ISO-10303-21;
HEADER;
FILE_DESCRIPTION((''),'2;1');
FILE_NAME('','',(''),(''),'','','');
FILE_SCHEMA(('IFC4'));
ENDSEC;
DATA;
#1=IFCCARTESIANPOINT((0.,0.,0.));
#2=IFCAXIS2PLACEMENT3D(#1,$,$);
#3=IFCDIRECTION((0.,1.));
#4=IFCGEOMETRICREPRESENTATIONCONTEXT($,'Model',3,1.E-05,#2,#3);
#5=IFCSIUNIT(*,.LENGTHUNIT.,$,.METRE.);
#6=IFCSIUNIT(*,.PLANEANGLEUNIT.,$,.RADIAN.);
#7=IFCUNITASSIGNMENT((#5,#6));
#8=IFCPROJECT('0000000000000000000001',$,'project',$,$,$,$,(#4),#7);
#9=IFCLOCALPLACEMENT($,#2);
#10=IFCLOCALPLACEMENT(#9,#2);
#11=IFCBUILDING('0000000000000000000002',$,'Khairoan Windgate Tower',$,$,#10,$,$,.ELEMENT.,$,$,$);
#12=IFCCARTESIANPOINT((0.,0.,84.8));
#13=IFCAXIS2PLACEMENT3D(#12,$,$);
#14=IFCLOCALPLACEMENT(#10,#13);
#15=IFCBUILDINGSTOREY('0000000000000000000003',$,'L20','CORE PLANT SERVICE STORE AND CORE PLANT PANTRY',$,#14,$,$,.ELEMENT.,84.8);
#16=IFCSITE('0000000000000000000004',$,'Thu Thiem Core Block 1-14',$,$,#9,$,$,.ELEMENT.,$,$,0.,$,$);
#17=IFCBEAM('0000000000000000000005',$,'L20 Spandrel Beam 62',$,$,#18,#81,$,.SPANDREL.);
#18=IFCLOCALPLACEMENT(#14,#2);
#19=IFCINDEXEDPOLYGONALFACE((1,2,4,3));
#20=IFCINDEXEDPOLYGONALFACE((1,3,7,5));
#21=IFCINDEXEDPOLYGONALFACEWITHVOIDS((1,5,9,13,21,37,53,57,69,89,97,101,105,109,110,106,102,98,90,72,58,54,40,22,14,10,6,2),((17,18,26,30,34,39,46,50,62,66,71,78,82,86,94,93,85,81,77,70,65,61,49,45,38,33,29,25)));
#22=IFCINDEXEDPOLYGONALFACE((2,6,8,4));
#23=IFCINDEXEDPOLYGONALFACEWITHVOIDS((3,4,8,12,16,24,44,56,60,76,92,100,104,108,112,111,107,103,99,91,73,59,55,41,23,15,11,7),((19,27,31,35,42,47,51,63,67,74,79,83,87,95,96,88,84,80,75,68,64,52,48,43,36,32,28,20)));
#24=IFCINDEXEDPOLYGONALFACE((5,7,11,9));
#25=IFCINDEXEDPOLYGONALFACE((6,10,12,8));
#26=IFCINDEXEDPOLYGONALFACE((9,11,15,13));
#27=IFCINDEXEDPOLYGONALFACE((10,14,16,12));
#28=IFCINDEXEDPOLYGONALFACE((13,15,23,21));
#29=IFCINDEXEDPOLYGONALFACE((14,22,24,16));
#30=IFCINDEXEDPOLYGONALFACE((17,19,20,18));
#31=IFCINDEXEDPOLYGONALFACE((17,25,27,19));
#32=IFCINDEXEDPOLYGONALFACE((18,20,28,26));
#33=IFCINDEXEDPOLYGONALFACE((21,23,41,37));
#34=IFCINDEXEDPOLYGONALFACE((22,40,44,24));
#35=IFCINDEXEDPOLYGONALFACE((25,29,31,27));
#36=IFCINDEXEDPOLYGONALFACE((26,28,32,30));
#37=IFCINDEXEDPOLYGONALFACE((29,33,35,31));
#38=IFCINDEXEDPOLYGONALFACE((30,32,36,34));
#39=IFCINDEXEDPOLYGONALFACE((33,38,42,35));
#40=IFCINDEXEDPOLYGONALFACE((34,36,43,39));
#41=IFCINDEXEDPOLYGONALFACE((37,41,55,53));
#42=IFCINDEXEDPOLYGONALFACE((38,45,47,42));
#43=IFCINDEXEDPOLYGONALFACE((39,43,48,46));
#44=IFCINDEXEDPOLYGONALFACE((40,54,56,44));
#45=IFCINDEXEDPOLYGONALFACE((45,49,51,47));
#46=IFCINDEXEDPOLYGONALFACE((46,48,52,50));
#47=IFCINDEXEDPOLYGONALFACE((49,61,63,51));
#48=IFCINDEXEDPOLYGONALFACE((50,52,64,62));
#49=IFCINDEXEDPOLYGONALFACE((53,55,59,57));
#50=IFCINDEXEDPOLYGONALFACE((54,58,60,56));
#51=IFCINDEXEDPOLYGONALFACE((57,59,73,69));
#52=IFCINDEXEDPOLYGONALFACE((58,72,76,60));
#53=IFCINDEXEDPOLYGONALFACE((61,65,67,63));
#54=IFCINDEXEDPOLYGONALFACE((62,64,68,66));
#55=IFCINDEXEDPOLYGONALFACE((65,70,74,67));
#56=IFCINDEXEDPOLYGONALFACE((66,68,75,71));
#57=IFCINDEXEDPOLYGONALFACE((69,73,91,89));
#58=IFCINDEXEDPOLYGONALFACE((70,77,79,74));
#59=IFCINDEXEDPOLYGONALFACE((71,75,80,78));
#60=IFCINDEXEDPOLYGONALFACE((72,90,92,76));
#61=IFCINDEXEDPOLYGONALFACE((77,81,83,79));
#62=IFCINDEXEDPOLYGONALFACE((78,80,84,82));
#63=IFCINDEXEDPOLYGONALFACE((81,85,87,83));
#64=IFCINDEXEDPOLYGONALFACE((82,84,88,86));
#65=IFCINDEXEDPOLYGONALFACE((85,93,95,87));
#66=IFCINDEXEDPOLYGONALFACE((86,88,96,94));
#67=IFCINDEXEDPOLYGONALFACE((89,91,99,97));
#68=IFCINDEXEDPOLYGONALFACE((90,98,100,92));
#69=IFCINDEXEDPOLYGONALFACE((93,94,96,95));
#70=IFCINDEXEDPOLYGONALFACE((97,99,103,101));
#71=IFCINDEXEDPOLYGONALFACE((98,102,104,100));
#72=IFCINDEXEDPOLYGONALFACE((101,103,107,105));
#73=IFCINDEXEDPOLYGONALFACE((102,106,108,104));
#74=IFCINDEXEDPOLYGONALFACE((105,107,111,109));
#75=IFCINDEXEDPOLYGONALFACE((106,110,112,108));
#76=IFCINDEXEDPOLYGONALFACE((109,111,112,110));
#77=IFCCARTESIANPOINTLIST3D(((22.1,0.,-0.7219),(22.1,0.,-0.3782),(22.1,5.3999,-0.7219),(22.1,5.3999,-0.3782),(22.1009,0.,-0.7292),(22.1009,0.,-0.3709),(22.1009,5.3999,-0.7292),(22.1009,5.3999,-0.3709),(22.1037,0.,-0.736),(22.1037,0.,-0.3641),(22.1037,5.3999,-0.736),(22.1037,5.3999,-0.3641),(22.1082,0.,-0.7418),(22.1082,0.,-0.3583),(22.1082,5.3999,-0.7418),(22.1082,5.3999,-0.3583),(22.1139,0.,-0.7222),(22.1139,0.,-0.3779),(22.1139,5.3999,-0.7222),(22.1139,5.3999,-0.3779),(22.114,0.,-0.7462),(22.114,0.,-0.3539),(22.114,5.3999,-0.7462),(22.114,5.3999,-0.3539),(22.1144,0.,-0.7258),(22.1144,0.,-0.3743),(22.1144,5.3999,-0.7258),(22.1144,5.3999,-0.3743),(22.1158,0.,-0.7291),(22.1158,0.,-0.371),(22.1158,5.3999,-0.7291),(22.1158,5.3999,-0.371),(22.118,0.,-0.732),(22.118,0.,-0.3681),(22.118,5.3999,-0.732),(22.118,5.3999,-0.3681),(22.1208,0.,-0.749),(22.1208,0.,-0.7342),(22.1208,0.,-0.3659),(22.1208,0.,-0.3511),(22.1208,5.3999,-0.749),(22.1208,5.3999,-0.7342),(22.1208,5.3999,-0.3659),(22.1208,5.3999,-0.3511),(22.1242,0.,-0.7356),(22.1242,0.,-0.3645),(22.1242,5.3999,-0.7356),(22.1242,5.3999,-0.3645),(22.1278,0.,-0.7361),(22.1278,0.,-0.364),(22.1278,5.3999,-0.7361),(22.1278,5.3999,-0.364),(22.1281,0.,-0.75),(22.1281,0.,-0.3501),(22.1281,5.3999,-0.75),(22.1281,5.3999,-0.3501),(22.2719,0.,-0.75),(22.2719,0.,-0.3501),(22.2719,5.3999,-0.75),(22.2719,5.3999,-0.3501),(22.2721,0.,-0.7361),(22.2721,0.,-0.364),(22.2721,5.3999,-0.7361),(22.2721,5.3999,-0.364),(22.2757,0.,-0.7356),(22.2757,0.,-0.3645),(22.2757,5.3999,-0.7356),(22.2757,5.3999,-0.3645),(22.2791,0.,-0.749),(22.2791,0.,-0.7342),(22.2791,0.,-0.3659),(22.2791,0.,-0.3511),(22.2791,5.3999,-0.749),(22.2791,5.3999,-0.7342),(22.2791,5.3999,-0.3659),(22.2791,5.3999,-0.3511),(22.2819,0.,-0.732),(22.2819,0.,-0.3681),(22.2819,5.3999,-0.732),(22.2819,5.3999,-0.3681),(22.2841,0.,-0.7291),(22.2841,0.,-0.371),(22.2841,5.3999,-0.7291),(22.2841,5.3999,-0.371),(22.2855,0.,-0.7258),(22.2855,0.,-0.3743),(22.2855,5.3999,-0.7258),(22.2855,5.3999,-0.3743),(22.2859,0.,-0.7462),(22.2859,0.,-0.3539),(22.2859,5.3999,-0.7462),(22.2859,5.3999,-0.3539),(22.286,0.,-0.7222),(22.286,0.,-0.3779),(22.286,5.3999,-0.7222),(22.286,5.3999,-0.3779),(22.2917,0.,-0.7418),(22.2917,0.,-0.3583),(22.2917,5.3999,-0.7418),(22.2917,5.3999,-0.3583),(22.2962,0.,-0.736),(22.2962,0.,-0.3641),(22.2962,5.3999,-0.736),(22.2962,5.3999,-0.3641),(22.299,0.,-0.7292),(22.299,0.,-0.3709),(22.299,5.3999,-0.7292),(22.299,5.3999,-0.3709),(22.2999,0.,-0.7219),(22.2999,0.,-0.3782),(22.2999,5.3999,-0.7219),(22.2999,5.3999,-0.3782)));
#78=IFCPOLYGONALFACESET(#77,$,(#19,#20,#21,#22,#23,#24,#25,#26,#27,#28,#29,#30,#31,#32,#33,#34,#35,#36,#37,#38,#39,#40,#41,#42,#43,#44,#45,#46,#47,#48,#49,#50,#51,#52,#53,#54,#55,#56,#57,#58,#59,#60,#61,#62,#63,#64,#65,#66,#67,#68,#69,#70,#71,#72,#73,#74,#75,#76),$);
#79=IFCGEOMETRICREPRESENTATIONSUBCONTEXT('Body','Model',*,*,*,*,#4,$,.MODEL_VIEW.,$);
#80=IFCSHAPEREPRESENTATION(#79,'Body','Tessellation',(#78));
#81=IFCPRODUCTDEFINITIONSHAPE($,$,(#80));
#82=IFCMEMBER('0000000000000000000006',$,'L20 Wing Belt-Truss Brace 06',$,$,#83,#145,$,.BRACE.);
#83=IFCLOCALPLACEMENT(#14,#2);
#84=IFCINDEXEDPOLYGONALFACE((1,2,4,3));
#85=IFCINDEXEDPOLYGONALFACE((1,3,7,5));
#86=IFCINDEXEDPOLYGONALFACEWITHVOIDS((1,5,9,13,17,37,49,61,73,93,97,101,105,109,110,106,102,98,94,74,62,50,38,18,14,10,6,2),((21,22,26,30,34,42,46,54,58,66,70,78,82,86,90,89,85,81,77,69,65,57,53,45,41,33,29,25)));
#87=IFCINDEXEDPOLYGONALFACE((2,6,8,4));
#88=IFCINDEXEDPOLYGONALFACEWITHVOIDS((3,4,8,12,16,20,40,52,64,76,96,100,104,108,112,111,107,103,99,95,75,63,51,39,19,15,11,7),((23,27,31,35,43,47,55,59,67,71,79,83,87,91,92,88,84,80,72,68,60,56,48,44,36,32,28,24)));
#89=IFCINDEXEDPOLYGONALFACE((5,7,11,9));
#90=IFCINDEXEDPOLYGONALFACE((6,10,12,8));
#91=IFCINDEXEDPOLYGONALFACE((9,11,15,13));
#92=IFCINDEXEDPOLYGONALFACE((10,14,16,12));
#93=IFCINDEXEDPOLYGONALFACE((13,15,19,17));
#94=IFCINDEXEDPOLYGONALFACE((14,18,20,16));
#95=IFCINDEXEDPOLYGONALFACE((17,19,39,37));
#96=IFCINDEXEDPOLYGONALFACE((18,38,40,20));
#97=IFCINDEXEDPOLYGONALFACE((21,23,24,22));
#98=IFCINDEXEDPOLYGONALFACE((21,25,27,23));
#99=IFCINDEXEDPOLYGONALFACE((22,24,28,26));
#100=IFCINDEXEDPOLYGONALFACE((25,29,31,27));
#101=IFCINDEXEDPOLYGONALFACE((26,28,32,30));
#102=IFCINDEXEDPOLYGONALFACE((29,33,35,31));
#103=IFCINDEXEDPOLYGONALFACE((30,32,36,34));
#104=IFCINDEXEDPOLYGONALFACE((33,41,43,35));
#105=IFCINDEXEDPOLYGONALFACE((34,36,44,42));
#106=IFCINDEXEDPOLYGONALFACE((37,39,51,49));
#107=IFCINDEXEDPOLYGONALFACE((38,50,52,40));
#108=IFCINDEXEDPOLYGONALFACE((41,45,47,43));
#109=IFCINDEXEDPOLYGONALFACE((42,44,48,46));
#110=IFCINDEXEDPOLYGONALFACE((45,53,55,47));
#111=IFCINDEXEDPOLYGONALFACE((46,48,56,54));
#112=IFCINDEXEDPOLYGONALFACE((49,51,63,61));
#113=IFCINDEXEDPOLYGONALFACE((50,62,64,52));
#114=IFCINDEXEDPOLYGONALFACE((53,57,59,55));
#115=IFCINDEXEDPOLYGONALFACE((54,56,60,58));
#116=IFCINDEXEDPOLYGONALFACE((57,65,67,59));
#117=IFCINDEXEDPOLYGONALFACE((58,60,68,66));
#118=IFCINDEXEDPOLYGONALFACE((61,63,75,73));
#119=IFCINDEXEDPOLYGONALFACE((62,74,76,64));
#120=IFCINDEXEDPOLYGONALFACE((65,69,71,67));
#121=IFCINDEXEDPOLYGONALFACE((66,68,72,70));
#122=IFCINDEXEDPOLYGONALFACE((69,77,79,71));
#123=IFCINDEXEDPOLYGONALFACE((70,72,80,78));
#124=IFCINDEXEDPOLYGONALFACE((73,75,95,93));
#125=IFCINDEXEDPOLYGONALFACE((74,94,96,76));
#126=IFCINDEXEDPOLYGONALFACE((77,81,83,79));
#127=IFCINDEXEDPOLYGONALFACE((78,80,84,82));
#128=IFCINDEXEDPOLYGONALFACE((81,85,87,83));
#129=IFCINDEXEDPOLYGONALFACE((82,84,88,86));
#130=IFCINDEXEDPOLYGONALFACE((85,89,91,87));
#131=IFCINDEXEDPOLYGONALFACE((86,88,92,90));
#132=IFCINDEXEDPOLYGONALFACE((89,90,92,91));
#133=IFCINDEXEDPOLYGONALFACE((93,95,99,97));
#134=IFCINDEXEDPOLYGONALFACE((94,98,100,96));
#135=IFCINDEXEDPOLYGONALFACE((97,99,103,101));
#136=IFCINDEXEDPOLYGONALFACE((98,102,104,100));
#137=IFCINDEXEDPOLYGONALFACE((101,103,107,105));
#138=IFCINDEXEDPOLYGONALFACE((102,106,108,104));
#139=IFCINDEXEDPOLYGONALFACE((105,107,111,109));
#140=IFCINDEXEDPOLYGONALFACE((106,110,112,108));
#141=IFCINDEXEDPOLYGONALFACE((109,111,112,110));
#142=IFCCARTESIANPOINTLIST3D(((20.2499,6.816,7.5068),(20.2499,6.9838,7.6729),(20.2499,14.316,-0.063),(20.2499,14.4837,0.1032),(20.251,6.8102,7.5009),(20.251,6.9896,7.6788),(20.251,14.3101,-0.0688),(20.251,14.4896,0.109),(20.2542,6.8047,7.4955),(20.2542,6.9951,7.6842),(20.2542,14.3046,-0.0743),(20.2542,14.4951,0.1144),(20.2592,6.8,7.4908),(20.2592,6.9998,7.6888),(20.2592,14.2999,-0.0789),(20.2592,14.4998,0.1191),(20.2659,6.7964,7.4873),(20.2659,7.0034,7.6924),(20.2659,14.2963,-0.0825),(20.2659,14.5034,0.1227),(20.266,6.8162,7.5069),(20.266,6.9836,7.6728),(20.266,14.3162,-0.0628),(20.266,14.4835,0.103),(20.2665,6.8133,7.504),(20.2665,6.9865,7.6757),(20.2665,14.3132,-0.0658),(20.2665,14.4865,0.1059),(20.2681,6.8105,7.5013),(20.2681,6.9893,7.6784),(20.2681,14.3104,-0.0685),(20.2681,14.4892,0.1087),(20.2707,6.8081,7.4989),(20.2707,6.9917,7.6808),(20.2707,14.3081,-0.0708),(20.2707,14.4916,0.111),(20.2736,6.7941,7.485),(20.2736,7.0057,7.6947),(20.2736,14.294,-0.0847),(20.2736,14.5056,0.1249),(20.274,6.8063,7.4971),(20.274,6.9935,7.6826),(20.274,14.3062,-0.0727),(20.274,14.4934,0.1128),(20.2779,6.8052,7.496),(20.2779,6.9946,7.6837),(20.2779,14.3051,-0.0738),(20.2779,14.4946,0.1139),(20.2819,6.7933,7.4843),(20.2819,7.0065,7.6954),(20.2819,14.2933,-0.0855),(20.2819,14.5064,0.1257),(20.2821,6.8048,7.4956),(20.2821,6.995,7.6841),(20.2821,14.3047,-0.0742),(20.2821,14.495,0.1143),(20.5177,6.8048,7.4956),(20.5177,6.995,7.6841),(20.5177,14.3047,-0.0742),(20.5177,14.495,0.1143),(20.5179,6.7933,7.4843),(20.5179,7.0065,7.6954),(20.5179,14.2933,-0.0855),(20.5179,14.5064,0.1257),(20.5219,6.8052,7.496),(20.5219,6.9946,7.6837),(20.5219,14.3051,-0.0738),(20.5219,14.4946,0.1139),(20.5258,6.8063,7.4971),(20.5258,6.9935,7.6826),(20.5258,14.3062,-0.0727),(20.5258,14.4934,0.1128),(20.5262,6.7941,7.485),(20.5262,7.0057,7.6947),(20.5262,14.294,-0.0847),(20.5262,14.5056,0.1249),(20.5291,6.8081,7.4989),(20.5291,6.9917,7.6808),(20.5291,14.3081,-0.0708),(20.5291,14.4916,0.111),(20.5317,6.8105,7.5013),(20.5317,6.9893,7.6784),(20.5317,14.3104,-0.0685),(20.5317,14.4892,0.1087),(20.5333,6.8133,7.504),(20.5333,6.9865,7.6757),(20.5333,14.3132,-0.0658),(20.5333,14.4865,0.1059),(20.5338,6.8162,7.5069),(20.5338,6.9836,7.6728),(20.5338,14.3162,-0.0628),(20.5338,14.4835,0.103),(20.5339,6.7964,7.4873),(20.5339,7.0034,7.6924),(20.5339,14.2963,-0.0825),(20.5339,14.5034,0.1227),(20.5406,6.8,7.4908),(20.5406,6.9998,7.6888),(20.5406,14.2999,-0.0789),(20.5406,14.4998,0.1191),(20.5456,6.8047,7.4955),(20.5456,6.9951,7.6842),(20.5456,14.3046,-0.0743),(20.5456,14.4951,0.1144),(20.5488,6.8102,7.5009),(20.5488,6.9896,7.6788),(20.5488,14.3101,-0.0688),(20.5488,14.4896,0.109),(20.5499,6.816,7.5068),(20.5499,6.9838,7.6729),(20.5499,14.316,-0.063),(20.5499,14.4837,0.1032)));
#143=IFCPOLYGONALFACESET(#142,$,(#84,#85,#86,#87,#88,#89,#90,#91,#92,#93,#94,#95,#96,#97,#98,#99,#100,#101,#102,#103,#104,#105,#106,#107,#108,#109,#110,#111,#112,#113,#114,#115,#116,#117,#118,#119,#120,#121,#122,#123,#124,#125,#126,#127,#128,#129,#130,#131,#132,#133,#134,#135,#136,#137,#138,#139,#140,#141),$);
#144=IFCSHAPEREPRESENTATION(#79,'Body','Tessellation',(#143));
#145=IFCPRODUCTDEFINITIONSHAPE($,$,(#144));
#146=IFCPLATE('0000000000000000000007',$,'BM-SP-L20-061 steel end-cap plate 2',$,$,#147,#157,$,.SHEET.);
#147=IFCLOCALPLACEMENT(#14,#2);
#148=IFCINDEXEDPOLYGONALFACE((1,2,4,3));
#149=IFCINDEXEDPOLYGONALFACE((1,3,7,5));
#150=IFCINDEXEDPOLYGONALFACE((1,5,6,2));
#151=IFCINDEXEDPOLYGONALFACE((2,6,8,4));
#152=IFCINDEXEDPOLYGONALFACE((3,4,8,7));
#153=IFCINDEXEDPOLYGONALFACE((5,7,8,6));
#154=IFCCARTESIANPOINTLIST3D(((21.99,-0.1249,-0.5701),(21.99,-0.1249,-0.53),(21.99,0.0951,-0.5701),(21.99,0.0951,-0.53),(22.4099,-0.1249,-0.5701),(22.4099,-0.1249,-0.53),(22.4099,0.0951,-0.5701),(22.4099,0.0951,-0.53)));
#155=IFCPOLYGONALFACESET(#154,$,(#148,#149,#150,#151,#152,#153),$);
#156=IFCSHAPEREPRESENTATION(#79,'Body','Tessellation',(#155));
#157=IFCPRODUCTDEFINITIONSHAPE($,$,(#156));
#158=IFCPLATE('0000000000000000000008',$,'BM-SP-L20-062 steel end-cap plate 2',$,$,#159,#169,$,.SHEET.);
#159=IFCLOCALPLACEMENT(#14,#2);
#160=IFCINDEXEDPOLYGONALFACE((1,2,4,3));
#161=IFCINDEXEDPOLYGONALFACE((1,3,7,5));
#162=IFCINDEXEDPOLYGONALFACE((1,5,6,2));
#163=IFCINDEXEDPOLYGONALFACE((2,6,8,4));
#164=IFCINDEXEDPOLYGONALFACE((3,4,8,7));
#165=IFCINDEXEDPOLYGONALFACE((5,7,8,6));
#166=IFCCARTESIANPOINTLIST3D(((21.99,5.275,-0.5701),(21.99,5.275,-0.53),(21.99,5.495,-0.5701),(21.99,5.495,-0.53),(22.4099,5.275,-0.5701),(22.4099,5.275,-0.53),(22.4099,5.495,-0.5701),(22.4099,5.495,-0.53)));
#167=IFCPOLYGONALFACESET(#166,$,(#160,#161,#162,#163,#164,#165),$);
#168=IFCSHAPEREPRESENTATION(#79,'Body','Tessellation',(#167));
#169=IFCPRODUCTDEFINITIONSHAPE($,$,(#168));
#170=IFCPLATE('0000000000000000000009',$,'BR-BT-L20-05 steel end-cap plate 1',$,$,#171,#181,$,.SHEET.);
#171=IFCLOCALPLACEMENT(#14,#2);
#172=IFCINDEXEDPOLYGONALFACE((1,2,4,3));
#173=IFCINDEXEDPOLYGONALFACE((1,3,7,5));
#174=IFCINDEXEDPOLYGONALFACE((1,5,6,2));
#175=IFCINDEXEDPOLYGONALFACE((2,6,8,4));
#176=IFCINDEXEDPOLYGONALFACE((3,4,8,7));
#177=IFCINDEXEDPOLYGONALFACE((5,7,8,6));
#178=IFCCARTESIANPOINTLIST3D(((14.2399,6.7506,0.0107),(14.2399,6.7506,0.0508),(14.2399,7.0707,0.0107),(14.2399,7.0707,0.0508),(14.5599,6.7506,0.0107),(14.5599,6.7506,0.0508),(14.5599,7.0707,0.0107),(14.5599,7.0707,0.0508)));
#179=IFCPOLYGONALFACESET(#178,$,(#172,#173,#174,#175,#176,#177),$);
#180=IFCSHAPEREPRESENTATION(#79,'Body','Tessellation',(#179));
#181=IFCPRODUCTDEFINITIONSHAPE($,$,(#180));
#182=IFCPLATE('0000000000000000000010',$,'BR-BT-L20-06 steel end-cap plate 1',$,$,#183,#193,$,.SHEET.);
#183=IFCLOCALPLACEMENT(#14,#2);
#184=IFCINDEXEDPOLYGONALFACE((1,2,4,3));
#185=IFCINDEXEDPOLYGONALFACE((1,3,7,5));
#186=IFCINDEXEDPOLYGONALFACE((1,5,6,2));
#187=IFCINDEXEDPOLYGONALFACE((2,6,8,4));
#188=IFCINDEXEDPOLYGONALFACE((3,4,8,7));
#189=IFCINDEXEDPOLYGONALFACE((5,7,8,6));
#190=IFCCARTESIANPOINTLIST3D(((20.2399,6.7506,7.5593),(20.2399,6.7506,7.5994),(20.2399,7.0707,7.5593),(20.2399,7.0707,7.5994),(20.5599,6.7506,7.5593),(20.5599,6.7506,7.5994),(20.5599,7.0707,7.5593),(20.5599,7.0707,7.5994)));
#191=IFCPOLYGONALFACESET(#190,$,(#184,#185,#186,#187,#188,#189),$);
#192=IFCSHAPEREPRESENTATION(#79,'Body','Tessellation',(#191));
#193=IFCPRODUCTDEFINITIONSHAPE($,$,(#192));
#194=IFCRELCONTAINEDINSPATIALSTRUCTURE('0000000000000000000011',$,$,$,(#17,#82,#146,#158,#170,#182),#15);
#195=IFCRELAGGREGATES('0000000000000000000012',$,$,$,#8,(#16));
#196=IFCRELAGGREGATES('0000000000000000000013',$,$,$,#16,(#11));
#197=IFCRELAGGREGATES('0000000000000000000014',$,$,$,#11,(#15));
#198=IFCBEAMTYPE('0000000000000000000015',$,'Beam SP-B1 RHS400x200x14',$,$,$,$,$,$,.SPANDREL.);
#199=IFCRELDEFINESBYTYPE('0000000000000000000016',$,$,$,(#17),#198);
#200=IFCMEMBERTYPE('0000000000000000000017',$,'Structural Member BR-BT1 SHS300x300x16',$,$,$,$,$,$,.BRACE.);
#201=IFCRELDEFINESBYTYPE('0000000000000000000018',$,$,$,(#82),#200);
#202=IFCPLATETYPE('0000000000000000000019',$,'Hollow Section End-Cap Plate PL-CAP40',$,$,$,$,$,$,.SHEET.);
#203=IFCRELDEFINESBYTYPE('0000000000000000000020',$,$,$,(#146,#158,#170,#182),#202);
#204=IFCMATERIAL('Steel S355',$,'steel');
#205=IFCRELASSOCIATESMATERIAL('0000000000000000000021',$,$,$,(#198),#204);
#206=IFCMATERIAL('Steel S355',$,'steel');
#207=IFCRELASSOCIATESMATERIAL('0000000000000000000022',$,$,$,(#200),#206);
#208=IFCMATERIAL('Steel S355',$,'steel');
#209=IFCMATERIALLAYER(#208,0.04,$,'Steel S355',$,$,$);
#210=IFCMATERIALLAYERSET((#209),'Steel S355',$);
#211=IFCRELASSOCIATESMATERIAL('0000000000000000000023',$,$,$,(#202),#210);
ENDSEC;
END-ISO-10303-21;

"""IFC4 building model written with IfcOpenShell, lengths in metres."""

from ifc_helpers import new_model, si_unit, direction, frame, origin, origin_2d, place, context, subcontext, project, spatial, rectangle, hollow_rectangle, extrude, material, layer, layer_set, material_profile, profile_set, type_object, element, save


model = new_model("IFC4")

# Units and contexts
model_context = context("Model", 3, precision=1e-05, world=origin(), true_north=direction((0.0, 1.0)))
body_context = subcontext(model_context, "Body", "Model", "MODEL_VIEW")
ifc_project = project(units=[si_unit("LENGTHUNIT", "METRE"), si_unit("PLANEANGLEUNIT", "RADIAN")], contexts=[model_context])

# Site, building, storey
site_placement = place(None, origin())
site = spatial("IfcSite", under=ifc_project, at=site_placement, Name="Thu Thiem Core Block 1-14", CompositionType="ELEMENT", RefElevation=0.0)
building_placement = place(site_placement, origin())
building = spatial("IfcBuilding", under=site, at=building_placement, Name="Khairoan Windgate Tower", CompositionType="ELEMENT")
storey_placement = place(building_placement, frame((0.0, 0.0, 84.8)))
storey = spatial("IfcBuildingStorey", under=building, at=storey_placement, Name="L20", Description="CORE PLANT SERVICE STORE AND CORE PLANT PANTRY", CompositionType="ELEMENT", Elevation=84.8)

# Beam
ifc_material_1 = material(Name="Steel S355", Category="steel")
ifc_material_profile_1 = material_profile(ifc_material_1, hollow_rectangle(XDim=0.2, YDim=0.3999, WallThickness=0.0139, InnerFilletRadius=0.0139, OuterFilletRadius=0.0281, at=origin_2d()))
ifc_profile_set_1 = profile_set([ifc_material_profile_1], Name="Steel S355")
beam_type_1 = type_object("IfcBeamType", Name="Beam SP-B1 RHS400x200x14", PredefinedType="SPANDREL", material=ifc_profile_set_1)
beam_1_placement = place(storey_placement, frame((22.2, 0.0, -0.55), z_axis=(0.0, 1.0, 0.0), x_axis=(-1.0, 0.0, 0.0)))
element("IfcBeam", 1, at=beam_1_placement, inside=storey, type_object=beam_type_1, Name="L20 Spandrel Beam 62", PredefinedType="SPANDREL", context=body_context, shape_type="SweptSolid", body=[
    extrude(hollow_rectangle(XDim=0.2, YDim=0.3999, WallThickness=0.0139, InnerFilletRadius=0.0139, OuterFilletRadius=0.0281, at=origin_2d()), origin(), (0.0, 0.0, 1.0), 5.3999),
])

# Member
ifc_material_2 = material(Name="Steel S355", Category="steel")
ifc_material_profile_2 = material_profile(ifc_material_2, hollow_rectangle(XDim=0.3, YDim=0.3, WallThickness=0.0161, InnerFilletRadius=0.0161, OuterFilletRadius=0.032, at=origin_2d()))
ifc_profile_set_2 = profile_set([ifc_material_profile_2], Name="Steel S355")
member_type = type_object("IfcMemberType", Name="Structural Member BR-BT1 SHS300x300x16", PredefinedType="BRACE", material=ifc_profile_set_2)
member_placement = place(storey_placement, frame((20.3999, 6.8999, 7.5898), z_axis=(0.0, 0.703823, -0.710375), x_axis=(0.0, 0.710375, 0.703823)))
element("IfcMember", 2, at=member_placement, inside=storey, type_object=member_type, Name="L20 Wing Belt-Truss Brace 06", PredefinedType="BRACE", context=body_context, shape_type="SweptSolid", body=[
    extrude(hollow_rectangle(XDim=0.3, YDim=0.3, WallThickness=0.0161, InnerFilletRadius=0.0161, OuterFilletRadius=0.032, at=origin_2d()), origin(), (0.0, 0.0, 1.0), 10.656),
])

# Plates
ifc_material_3 = material(Name="Steel S355", Category="steel")
ifc_layer_1 = layer(ifc_material_3, 0.04, Name="Steel S355")
ifc_layer_set_1 = layer_set([ifc_layer_1], Name="Steel S355")
plate_type_1 = type_object("IfcPlateType", Name="Hollow Section End-Cap Plate PL-CAP40", PredefinedType="SHEET", material=ifc_layer_set_1)
for number, where, z_axis, x_axis, name in (
    (3, (22.2, -0.0149, -0.5701), (0.0, 0.0, 1.0), (0.0, 1.0, 0.0), "BM-SP-L20-061 steel end-cap plate 2"),
    (4, (22.2, 5.385, -0.5701), (0.0, 0.0, 1.0), (0.0, 1.0, 0.0), "BM-SP-L20-062 steel end-cap plate 2"),
):
    element("IfcPlate", number, at=place(storey_placement, frame(where, z_axis=z_axis, x_axis=x_axis)), inside=storey, type_object=plate_type_1, Name=name, PredefinedType="SHEET", context=body_context, shape_type="SweptSolid", body=[
        extrude(rectangle(XDim=0.22, YDim=0.4199, at=origin_2d()), origin(), (0.0, 0.0, 1.0), 0.04),
    ])
for number, where, z_axis, x_axis, name in (
    (5, (14.3999, 6.9106, 0.0107), (0.0, 0.0, 1.0), (0.0, 1.0, 0.0), "BR-BT-L20-05 steel end-cap plate 1"),
    (6, (20.3999, 6.9106, 7.5593), (0.0, 0.0, 1.0), (0.0, 1.0, 0.0), "BR-BT-L20-06 steel end-cap plate 1"),
):
    element("IfcPlate", number, at=place(storey_placement, frame(where, z_axis=z_axis, x_axis=x_axis)), inside=storey, type_object=plate_type_1, Name=name, PredefinedType="SHEET", context=body_context, shape_type="SweptSolid", body=[
        extrude(rectangle(XDim=0.3201, YDim=0.3201, at=origin_2d()), origin(), (0.0, 0.0, 1.0), 0.04),
    ])

save(model, "model.ifc")
